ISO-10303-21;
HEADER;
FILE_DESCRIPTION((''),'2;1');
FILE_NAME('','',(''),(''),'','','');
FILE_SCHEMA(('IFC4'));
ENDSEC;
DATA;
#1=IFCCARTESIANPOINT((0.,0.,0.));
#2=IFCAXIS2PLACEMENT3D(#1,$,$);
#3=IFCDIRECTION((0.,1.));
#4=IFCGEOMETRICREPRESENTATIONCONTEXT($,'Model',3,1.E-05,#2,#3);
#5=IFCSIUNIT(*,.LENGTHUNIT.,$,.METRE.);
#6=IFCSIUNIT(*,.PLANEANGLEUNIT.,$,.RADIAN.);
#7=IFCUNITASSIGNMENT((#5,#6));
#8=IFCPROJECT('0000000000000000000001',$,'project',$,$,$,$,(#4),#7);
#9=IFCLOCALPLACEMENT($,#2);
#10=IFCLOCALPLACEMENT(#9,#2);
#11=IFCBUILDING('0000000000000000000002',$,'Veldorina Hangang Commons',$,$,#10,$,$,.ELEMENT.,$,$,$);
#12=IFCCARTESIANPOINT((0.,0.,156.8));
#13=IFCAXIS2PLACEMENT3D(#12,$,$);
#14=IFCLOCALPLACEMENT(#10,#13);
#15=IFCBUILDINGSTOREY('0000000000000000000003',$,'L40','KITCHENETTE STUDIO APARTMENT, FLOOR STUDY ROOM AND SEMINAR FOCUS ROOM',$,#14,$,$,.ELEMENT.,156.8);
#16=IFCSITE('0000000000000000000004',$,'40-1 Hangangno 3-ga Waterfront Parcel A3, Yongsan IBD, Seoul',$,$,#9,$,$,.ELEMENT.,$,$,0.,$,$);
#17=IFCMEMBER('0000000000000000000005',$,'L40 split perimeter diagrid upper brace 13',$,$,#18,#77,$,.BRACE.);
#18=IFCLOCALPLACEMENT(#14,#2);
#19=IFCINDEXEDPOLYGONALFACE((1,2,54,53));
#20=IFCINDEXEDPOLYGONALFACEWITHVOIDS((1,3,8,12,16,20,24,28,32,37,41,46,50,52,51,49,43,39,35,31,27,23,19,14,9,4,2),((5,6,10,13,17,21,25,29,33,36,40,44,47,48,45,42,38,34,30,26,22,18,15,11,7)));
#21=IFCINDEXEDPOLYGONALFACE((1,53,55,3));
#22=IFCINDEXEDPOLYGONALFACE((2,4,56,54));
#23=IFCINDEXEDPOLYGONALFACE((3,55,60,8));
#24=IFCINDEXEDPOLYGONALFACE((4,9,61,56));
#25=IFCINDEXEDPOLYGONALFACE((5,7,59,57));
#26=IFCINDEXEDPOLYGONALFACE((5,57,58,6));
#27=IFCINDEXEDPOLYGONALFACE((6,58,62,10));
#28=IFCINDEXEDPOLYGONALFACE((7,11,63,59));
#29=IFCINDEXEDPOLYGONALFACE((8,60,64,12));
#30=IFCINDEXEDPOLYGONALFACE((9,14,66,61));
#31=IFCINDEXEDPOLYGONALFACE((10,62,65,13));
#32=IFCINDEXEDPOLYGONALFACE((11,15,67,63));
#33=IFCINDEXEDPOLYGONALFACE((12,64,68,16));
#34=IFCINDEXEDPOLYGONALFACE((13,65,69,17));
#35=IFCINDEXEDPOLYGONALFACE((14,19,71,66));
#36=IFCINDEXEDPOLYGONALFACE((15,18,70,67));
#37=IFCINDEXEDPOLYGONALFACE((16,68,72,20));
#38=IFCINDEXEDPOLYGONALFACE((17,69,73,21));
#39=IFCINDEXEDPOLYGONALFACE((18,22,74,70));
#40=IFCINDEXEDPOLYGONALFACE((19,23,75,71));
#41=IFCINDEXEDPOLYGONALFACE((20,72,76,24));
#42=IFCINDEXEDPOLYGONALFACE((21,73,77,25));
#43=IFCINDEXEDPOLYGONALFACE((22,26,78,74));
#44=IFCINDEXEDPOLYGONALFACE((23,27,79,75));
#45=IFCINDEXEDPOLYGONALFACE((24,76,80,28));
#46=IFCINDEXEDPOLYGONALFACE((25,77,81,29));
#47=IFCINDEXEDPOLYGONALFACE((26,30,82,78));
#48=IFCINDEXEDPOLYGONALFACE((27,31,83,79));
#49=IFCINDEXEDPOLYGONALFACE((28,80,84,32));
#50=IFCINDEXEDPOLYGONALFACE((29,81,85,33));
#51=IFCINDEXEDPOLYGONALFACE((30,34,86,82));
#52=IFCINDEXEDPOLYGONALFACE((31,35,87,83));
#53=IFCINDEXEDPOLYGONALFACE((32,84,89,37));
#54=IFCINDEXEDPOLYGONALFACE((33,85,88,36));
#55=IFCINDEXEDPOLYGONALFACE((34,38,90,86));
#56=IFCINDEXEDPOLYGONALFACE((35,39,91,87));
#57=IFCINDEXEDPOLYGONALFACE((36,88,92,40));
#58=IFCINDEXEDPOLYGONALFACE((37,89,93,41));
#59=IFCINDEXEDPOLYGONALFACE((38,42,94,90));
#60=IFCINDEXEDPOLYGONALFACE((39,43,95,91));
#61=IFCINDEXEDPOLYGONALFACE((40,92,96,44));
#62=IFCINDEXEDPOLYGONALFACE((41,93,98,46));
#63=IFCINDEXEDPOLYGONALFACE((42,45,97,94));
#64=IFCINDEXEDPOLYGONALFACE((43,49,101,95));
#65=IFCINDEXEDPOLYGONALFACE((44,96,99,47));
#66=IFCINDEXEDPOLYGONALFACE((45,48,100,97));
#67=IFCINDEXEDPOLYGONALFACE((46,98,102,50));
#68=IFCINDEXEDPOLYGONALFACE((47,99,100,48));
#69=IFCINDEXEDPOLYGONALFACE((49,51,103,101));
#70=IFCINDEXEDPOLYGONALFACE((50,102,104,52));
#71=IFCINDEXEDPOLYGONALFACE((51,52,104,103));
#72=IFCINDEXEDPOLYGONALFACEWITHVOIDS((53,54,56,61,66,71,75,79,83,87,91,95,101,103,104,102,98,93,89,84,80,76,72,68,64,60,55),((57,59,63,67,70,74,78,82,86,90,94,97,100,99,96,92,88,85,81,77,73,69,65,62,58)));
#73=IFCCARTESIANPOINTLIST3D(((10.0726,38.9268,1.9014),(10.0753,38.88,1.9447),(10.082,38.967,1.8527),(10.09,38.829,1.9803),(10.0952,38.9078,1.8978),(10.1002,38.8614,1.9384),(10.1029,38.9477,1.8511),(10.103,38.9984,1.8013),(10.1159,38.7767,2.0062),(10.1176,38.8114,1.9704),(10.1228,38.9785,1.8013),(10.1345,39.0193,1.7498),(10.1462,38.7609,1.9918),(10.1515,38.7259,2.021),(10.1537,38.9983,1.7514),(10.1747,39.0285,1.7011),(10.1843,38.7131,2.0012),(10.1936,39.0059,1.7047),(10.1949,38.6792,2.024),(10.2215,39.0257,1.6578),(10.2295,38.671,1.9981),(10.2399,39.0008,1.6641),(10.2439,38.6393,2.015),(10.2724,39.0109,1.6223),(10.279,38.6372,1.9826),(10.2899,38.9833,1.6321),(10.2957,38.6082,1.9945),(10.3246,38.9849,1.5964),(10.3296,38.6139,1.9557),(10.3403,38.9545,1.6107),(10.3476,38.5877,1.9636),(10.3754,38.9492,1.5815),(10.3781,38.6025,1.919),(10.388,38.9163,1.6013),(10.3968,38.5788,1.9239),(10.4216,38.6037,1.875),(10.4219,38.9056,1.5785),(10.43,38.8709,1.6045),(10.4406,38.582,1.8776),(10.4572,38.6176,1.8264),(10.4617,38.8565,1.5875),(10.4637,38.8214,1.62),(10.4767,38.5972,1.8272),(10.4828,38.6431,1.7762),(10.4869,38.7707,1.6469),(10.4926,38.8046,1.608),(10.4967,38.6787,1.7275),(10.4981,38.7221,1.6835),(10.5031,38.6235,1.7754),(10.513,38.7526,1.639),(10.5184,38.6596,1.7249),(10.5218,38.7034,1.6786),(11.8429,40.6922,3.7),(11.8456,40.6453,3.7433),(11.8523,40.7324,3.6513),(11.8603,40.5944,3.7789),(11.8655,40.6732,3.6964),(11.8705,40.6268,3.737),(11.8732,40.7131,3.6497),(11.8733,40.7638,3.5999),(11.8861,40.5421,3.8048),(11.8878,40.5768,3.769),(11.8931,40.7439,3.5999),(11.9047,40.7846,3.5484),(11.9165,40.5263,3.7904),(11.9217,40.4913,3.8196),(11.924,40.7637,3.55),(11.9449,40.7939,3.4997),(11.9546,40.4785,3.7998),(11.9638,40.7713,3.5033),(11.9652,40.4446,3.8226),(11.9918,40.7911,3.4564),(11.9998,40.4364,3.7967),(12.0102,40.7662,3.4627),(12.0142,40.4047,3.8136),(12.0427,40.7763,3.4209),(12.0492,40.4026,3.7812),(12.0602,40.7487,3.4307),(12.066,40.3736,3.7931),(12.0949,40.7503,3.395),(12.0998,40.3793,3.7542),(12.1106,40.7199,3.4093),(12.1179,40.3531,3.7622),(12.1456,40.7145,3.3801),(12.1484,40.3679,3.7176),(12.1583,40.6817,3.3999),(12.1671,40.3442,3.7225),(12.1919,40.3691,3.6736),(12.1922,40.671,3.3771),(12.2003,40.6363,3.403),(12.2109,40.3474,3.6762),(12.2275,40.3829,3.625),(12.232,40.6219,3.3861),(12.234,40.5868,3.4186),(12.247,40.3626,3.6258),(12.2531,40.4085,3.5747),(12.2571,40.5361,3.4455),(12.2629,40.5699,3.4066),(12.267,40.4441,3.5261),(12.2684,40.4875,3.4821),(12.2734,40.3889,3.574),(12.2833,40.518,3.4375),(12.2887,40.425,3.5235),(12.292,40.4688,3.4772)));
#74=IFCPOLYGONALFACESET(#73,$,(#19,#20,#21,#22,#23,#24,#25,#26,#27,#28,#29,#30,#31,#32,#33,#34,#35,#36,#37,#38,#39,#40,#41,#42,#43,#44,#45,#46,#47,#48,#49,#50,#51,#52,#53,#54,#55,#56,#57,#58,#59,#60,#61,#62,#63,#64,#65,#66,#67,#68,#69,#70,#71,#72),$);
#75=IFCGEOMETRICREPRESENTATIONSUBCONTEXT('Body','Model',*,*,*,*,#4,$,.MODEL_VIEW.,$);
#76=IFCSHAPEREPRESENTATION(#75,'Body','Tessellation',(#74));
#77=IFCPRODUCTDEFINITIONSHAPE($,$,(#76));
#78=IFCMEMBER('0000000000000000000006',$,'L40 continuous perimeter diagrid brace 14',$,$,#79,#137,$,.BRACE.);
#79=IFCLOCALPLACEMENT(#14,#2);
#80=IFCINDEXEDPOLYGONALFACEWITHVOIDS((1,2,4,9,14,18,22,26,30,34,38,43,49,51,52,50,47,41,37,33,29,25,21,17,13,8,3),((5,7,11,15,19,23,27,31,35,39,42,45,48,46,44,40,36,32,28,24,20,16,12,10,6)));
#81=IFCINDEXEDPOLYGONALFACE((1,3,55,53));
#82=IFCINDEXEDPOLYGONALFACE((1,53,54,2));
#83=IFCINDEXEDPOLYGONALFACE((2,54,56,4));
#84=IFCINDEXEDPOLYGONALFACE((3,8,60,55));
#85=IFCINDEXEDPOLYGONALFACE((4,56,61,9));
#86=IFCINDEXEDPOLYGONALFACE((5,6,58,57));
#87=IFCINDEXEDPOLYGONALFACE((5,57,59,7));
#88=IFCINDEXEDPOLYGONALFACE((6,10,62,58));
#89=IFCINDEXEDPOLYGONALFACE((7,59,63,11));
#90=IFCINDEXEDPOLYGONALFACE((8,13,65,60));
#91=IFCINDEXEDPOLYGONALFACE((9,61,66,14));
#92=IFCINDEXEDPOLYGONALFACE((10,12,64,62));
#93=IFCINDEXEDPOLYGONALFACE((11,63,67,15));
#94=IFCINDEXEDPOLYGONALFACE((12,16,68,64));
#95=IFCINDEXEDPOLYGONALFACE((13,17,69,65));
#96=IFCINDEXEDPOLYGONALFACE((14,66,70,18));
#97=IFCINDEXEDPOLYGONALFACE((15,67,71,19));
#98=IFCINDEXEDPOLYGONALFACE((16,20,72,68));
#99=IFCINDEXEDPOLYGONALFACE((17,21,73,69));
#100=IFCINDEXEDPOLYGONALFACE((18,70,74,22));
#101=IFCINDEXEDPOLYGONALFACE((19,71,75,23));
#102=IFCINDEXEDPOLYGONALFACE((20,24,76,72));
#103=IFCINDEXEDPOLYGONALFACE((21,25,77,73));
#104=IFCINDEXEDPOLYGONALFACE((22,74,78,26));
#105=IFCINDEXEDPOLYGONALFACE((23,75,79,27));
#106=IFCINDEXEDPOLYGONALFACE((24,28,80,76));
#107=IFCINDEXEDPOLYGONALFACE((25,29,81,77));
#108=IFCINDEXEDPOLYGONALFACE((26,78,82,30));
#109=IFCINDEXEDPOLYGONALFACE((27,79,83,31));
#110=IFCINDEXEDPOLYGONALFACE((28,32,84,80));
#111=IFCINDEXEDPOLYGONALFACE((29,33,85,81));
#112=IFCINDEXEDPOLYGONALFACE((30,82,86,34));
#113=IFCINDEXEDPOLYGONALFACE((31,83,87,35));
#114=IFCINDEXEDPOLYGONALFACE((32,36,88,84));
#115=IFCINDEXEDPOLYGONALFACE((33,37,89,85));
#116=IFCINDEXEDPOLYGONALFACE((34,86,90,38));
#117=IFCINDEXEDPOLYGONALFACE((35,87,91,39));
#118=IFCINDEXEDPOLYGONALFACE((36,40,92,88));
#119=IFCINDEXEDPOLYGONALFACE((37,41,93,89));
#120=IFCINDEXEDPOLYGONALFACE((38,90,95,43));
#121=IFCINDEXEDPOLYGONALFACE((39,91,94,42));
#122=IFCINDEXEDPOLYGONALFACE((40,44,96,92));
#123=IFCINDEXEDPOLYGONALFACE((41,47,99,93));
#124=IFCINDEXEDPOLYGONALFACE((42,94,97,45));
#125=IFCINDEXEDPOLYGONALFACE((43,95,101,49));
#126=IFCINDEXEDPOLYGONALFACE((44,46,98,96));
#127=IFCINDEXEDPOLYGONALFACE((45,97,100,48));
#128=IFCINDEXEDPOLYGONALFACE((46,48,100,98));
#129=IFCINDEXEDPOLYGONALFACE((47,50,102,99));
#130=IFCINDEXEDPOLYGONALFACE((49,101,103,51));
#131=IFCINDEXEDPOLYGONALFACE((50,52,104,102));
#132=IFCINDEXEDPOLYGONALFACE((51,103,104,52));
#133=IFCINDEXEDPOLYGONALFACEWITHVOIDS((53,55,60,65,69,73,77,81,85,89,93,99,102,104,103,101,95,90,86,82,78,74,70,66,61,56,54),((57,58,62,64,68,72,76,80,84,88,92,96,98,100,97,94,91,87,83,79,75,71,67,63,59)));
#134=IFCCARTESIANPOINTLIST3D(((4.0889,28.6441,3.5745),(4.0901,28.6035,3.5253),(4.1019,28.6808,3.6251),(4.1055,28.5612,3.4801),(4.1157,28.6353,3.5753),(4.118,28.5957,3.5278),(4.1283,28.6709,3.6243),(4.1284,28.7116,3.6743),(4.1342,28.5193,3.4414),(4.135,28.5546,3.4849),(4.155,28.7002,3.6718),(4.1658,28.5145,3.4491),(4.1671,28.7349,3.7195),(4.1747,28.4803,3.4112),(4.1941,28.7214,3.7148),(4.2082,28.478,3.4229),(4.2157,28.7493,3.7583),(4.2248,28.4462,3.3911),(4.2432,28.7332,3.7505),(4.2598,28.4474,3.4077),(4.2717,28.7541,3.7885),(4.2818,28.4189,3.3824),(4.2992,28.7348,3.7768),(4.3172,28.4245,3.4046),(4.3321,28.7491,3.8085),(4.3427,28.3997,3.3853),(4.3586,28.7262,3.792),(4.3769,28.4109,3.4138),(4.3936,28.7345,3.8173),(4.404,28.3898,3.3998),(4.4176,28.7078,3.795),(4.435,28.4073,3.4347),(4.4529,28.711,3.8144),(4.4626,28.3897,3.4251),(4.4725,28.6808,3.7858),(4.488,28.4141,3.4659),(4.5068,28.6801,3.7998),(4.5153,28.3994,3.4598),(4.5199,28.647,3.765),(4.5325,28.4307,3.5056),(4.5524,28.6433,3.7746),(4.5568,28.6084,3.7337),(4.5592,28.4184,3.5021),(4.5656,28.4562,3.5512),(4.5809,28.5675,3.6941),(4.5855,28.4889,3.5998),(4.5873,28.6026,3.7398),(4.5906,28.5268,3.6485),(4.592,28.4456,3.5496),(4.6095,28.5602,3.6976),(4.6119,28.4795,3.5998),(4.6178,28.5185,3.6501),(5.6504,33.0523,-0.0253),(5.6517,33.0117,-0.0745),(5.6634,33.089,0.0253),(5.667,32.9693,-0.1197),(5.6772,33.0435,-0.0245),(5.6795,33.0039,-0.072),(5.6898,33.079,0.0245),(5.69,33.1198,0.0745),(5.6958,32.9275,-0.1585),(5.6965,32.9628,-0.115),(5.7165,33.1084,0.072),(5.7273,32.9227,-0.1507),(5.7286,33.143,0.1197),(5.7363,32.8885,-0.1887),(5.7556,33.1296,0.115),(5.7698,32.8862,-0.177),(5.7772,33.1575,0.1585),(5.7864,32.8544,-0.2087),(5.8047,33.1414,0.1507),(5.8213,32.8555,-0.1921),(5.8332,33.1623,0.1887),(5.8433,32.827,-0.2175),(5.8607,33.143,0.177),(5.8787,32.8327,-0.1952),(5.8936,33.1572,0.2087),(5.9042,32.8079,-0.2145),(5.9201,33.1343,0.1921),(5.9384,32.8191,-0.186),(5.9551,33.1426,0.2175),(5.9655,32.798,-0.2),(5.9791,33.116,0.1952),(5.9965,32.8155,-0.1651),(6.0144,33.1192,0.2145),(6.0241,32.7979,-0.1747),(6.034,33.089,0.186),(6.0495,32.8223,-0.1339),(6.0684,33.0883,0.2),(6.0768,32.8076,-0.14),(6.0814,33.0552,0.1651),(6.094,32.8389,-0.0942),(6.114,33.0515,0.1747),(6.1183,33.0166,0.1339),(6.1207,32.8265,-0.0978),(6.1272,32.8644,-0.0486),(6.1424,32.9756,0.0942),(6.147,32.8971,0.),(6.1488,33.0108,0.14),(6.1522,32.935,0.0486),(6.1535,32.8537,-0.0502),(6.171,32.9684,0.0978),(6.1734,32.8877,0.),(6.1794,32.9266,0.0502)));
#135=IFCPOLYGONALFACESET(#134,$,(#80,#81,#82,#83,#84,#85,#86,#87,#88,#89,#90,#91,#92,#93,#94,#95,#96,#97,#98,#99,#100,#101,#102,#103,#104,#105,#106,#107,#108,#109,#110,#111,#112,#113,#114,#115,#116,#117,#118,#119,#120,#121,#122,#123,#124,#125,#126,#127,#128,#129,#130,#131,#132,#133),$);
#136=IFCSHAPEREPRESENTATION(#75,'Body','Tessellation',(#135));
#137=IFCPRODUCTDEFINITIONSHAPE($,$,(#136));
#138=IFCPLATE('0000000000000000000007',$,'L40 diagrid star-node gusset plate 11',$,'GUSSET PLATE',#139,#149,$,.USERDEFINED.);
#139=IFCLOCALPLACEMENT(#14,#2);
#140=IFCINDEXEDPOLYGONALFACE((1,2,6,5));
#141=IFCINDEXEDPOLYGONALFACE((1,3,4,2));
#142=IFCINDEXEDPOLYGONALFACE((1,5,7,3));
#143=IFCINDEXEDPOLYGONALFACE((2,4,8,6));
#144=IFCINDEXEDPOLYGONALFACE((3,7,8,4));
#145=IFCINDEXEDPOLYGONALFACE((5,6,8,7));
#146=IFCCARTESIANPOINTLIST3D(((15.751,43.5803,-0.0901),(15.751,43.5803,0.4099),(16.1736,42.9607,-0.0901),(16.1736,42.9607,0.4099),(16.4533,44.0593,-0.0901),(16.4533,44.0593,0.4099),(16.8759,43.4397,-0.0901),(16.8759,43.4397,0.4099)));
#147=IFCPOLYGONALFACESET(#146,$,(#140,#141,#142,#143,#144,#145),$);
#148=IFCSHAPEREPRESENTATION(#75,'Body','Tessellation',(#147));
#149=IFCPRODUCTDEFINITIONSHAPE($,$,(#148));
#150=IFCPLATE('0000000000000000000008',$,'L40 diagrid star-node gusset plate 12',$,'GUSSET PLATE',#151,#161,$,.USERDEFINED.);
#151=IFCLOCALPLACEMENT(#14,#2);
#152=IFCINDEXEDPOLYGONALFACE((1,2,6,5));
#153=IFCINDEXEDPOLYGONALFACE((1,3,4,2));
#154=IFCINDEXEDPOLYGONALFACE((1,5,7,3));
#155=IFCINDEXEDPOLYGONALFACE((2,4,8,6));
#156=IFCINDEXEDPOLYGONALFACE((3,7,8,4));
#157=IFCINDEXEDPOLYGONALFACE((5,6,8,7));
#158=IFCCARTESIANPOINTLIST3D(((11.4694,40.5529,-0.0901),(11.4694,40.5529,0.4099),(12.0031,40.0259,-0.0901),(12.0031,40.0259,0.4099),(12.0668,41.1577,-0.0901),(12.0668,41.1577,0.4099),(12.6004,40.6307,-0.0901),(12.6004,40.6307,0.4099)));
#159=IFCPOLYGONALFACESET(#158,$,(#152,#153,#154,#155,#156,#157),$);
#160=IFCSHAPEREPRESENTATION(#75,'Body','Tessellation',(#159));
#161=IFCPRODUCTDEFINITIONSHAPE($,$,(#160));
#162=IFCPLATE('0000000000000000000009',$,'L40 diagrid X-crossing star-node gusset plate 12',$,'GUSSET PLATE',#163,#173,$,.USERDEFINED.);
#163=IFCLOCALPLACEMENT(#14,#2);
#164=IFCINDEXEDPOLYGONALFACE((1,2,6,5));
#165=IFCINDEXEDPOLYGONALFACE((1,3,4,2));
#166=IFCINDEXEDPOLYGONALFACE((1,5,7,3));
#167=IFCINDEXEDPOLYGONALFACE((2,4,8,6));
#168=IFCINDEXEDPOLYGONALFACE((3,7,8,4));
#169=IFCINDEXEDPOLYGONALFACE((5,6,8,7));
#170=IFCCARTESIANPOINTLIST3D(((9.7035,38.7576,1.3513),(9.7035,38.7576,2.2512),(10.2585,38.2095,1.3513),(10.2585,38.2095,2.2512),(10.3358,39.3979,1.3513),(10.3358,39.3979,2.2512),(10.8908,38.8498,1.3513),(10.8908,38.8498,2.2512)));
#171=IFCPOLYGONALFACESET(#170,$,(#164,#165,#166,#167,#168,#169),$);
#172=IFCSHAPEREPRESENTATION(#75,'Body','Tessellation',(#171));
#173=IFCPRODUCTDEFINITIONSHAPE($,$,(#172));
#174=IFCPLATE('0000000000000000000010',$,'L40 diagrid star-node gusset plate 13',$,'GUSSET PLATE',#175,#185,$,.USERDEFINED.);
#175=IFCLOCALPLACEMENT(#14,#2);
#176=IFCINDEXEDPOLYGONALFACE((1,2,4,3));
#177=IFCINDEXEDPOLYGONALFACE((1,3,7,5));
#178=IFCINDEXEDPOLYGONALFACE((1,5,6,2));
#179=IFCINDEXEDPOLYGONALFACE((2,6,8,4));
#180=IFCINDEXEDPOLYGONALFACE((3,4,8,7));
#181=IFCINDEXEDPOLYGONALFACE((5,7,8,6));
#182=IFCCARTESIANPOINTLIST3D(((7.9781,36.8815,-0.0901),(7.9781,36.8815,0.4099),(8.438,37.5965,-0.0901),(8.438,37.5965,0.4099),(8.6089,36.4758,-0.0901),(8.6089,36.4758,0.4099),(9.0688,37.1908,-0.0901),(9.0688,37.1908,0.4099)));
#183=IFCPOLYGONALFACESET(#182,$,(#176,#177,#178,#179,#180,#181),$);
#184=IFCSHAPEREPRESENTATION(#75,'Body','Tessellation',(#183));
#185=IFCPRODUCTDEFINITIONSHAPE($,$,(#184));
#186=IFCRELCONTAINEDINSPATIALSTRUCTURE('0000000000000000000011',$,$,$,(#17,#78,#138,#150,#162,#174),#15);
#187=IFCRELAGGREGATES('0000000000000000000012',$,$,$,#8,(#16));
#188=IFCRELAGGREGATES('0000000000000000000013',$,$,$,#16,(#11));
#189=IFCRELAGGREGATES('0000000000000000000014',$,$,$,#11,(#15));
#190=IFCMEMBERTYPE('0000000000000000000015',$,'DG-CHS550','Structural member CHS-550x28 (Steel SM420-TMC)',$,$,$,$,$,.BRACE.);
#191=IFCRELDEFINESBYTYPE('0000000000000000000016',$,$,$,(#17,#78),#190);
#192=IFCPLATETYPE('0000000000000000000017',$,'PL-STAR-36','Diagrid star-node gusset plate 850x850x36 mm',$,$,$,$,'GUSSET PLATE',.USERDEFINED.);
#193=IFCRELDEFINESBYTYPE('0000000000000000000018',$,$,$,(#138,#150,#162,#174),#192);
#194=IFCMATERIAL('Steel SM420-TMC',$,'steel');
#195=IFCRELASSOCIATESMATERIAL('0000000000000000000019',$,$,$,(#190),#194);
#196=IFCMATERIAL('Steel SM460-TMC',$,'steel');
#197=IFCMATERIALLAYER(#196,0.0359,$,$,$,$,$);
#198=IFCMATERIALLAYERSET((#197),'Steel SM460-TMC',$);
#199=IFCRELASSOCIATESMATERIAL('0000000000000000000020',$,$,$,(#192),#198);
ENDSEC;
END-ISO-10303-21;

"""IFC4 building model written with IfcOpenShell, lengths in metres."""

from ifc_helpers import new_model, si_unit, direction, frame, origin, origin_2d, place, context, subcontext, project, spatial, rectangle, hollow_circle, extrude, material, layer, layer_set, material_profile, profile_set, type_object, element, save


model = new_model("IFC4")

# Units and contexts
model_context = context("Model", 3, precision=1e-05, world=origin(), true_north=direction((0.0, 1.0)))
body_context = subcontext(model_context, "Body", "Model", "MODEL_VIEW")
ifc_project = project(units=[si_unit("LENGTHUNIT", "METRE"), si_unit("PLANEANGLEUNIT", "RADIAN")], contexts=[model_context])

# Site, building, storey
site_placement = place(None, origin())
site = spatial("IfcSite", under=ifc_project, at=site_placement, Name="40-1 Hangangno 3-ga Waterfront Parcel A3, Yongsan IBD, Seoul", CompositionType="ELEMENT", RefElevation=0.0)
building_placement = place(site_placement, origin())
building = spatial("IfcBuilding", under=site, at=building_placement, Name="Veldorina Hangang Commons", CompositionType="ELEMENT")
storey_placement = place(building_placement, frame((0.0, 0.0, 156.8)))
storey = spatial("IfcBuildingStorey", under=building, at=storey_placement, Name="L40", Description="KITCHENETTE STUDIO APARTMENT, FLOOR STUDY ROOM AND SEMINAR FOCUS ROOM", CompositionType="ELEMENT", Elevation=156.8)

# Shared definitions
ifc_material_1 = material(Name="Steel SM420-TMC", Category="steel")

# Members
ifc_material_profile_1 = material_profile(ifc_material_1, hollow_circle(Radius=0.2749, WallThickness=0.0281, at=origin_2d()), Name="CHS-550x28")
ifc_profile_set_1 = profile_set([ifc_material_profile_1], Name="Steel SM420-TMC")
member_type = type_object("IfcMemberType", Name="DG-CHS550", Description="Structural member CHS-550x28 (Steel SM420-TMC)", PredefinedType="BRACE", material=ifc_profile_set_1)
member_1_placement = place(storey_placement, frame((10.2971, 38.8037, 1.8013), z_axis=(0.574794, 0.573209, 0.583989), x_axis=(-0.70613, 0.708083, 0.0)))
element("IfcMember", 1, at=member_1_placement, inside=storey, type_object=member_type, Name="L40 split perimeter diagrid upper brace 13", PredefinedType="BRACE", context=body_context, shape_type="SweptSolid", body=[
    extrude(hollow_circle(Radius=0.2749, WallThickness=0.0281, at=origin_2d()), origin(), (0.0, 0.0, 1.0), 3.0798),
])
member_2_placement = place(storey_placement, frame((5.9143, 32.9795, 0.0), z_axis=(-0.264591, -0.746943, 0.609973), x_axis=(0.942608, -0.333901, 0.0)))
element("IfcMember", 2, at=member_2_placement, inside=storey, type_object=member_type, Name="L40 continuous perimeter diagrid brace 14", PredefinedType="BRACE", context=body_context, shape_type="SweptSolid", body=[
    extrude(hollow_circle(Radius=0.2749, WallThickness=0.0281, at=origin_2d()), origin(), (0.0, 0.0, 1.0), 5.9016),
])

# Plates
ifc_material_2 = material(Name="Steel SM460-TMC", Category="steel")
ifc_layer_1 = layer(ifc_material_2, 0.0359)
ifc_layer_set_1 = layer_set([ifc_layer_1], Name="Steel SM460-TMC")
plate_type = type_object("IfcPlateType", Name="PL-STAR-36", Description="Diagrid star-node gusset plate 850x850x36 mm", ElementType="GUSSET PLATE", PredefinedType="USERDEFINED", material=ifc_layer_set_1)
for number, where, z_axis, x_axis, name in (
    (3, (16.3135, 43.51, -0.0901), (0.0, 0.0, 1.0), (-0.826147, -0.563454, 0.0), "L40 diagrid star-node gusset plate 11"),
    (4, (12.0349, 40.5918, -0.0901), (0.0, 0.0, 1.0), (-0.702662, -0.711523, 0.0), "L40 diagrid star-node gusset plate 12"),
):
    element("IfcPlate", number, at=place(storey_placement, frame(where, z_axis=z_axis, x_axis=x_axis)), inside=storey, type_object=plate_type, Name=name, ObjectType="GUSSET PLATE", PredefinedType="USERDEFINED", context=body_context, shape_type="SweptSolid", body=[
        extrude(rectangle(XDim=0.8501, YDim=0.75, at=origin_2d()), origin(), (0.0, 0.0, 1.0), 0.5),
    ])
plate_1_placement = place(storey_placement, frame((10.2971, 38.8037, 1.3513), z_axis=(0.0, 0.0, 1.0), x_axis=(-0.702662, -0.711523, 0.0)))
element("IfcPlate", 5, at=plate_1_placement, inside=storey, type_object=plate_type, Name="L40 diagrid X-crossing star-node gusset plate 12", ObjectType="GUSSET PLATE", PredefinedType="USERDEFINED", context=body_context, shape_type="SweptSolid", body=[
    extrude(rectangle(XDim=0.8999, YDim=0.78, at=origin_2d()), origin(), (0.0, 0.0, 1.0), 0.8999),
])
plate_2_placement = place(storey_placement, frame((8.5234, 37.0361, -0.0901), z_axis=(0.0, 0.0, 1.0), x_axis=(-0.54093, -0.841067, 0.0)))
element("IfcPlate", 6, at=plate_2_placement, inside=storey, type_object=plate_type, Name="L40 diagrid star-node gusset plate 13", ObjectType="GUSSET PLATE", PredefinedType="USERDEFINED", context=body_context, shape_type="SweptSolid", body=[
    extrude(rectangle(XDim=0.8501, YDim=0.75, at=origin_2d()), origin(), (0.0, 0.0, 1.0), 0.5),
])

save(model, "model.ifc")
